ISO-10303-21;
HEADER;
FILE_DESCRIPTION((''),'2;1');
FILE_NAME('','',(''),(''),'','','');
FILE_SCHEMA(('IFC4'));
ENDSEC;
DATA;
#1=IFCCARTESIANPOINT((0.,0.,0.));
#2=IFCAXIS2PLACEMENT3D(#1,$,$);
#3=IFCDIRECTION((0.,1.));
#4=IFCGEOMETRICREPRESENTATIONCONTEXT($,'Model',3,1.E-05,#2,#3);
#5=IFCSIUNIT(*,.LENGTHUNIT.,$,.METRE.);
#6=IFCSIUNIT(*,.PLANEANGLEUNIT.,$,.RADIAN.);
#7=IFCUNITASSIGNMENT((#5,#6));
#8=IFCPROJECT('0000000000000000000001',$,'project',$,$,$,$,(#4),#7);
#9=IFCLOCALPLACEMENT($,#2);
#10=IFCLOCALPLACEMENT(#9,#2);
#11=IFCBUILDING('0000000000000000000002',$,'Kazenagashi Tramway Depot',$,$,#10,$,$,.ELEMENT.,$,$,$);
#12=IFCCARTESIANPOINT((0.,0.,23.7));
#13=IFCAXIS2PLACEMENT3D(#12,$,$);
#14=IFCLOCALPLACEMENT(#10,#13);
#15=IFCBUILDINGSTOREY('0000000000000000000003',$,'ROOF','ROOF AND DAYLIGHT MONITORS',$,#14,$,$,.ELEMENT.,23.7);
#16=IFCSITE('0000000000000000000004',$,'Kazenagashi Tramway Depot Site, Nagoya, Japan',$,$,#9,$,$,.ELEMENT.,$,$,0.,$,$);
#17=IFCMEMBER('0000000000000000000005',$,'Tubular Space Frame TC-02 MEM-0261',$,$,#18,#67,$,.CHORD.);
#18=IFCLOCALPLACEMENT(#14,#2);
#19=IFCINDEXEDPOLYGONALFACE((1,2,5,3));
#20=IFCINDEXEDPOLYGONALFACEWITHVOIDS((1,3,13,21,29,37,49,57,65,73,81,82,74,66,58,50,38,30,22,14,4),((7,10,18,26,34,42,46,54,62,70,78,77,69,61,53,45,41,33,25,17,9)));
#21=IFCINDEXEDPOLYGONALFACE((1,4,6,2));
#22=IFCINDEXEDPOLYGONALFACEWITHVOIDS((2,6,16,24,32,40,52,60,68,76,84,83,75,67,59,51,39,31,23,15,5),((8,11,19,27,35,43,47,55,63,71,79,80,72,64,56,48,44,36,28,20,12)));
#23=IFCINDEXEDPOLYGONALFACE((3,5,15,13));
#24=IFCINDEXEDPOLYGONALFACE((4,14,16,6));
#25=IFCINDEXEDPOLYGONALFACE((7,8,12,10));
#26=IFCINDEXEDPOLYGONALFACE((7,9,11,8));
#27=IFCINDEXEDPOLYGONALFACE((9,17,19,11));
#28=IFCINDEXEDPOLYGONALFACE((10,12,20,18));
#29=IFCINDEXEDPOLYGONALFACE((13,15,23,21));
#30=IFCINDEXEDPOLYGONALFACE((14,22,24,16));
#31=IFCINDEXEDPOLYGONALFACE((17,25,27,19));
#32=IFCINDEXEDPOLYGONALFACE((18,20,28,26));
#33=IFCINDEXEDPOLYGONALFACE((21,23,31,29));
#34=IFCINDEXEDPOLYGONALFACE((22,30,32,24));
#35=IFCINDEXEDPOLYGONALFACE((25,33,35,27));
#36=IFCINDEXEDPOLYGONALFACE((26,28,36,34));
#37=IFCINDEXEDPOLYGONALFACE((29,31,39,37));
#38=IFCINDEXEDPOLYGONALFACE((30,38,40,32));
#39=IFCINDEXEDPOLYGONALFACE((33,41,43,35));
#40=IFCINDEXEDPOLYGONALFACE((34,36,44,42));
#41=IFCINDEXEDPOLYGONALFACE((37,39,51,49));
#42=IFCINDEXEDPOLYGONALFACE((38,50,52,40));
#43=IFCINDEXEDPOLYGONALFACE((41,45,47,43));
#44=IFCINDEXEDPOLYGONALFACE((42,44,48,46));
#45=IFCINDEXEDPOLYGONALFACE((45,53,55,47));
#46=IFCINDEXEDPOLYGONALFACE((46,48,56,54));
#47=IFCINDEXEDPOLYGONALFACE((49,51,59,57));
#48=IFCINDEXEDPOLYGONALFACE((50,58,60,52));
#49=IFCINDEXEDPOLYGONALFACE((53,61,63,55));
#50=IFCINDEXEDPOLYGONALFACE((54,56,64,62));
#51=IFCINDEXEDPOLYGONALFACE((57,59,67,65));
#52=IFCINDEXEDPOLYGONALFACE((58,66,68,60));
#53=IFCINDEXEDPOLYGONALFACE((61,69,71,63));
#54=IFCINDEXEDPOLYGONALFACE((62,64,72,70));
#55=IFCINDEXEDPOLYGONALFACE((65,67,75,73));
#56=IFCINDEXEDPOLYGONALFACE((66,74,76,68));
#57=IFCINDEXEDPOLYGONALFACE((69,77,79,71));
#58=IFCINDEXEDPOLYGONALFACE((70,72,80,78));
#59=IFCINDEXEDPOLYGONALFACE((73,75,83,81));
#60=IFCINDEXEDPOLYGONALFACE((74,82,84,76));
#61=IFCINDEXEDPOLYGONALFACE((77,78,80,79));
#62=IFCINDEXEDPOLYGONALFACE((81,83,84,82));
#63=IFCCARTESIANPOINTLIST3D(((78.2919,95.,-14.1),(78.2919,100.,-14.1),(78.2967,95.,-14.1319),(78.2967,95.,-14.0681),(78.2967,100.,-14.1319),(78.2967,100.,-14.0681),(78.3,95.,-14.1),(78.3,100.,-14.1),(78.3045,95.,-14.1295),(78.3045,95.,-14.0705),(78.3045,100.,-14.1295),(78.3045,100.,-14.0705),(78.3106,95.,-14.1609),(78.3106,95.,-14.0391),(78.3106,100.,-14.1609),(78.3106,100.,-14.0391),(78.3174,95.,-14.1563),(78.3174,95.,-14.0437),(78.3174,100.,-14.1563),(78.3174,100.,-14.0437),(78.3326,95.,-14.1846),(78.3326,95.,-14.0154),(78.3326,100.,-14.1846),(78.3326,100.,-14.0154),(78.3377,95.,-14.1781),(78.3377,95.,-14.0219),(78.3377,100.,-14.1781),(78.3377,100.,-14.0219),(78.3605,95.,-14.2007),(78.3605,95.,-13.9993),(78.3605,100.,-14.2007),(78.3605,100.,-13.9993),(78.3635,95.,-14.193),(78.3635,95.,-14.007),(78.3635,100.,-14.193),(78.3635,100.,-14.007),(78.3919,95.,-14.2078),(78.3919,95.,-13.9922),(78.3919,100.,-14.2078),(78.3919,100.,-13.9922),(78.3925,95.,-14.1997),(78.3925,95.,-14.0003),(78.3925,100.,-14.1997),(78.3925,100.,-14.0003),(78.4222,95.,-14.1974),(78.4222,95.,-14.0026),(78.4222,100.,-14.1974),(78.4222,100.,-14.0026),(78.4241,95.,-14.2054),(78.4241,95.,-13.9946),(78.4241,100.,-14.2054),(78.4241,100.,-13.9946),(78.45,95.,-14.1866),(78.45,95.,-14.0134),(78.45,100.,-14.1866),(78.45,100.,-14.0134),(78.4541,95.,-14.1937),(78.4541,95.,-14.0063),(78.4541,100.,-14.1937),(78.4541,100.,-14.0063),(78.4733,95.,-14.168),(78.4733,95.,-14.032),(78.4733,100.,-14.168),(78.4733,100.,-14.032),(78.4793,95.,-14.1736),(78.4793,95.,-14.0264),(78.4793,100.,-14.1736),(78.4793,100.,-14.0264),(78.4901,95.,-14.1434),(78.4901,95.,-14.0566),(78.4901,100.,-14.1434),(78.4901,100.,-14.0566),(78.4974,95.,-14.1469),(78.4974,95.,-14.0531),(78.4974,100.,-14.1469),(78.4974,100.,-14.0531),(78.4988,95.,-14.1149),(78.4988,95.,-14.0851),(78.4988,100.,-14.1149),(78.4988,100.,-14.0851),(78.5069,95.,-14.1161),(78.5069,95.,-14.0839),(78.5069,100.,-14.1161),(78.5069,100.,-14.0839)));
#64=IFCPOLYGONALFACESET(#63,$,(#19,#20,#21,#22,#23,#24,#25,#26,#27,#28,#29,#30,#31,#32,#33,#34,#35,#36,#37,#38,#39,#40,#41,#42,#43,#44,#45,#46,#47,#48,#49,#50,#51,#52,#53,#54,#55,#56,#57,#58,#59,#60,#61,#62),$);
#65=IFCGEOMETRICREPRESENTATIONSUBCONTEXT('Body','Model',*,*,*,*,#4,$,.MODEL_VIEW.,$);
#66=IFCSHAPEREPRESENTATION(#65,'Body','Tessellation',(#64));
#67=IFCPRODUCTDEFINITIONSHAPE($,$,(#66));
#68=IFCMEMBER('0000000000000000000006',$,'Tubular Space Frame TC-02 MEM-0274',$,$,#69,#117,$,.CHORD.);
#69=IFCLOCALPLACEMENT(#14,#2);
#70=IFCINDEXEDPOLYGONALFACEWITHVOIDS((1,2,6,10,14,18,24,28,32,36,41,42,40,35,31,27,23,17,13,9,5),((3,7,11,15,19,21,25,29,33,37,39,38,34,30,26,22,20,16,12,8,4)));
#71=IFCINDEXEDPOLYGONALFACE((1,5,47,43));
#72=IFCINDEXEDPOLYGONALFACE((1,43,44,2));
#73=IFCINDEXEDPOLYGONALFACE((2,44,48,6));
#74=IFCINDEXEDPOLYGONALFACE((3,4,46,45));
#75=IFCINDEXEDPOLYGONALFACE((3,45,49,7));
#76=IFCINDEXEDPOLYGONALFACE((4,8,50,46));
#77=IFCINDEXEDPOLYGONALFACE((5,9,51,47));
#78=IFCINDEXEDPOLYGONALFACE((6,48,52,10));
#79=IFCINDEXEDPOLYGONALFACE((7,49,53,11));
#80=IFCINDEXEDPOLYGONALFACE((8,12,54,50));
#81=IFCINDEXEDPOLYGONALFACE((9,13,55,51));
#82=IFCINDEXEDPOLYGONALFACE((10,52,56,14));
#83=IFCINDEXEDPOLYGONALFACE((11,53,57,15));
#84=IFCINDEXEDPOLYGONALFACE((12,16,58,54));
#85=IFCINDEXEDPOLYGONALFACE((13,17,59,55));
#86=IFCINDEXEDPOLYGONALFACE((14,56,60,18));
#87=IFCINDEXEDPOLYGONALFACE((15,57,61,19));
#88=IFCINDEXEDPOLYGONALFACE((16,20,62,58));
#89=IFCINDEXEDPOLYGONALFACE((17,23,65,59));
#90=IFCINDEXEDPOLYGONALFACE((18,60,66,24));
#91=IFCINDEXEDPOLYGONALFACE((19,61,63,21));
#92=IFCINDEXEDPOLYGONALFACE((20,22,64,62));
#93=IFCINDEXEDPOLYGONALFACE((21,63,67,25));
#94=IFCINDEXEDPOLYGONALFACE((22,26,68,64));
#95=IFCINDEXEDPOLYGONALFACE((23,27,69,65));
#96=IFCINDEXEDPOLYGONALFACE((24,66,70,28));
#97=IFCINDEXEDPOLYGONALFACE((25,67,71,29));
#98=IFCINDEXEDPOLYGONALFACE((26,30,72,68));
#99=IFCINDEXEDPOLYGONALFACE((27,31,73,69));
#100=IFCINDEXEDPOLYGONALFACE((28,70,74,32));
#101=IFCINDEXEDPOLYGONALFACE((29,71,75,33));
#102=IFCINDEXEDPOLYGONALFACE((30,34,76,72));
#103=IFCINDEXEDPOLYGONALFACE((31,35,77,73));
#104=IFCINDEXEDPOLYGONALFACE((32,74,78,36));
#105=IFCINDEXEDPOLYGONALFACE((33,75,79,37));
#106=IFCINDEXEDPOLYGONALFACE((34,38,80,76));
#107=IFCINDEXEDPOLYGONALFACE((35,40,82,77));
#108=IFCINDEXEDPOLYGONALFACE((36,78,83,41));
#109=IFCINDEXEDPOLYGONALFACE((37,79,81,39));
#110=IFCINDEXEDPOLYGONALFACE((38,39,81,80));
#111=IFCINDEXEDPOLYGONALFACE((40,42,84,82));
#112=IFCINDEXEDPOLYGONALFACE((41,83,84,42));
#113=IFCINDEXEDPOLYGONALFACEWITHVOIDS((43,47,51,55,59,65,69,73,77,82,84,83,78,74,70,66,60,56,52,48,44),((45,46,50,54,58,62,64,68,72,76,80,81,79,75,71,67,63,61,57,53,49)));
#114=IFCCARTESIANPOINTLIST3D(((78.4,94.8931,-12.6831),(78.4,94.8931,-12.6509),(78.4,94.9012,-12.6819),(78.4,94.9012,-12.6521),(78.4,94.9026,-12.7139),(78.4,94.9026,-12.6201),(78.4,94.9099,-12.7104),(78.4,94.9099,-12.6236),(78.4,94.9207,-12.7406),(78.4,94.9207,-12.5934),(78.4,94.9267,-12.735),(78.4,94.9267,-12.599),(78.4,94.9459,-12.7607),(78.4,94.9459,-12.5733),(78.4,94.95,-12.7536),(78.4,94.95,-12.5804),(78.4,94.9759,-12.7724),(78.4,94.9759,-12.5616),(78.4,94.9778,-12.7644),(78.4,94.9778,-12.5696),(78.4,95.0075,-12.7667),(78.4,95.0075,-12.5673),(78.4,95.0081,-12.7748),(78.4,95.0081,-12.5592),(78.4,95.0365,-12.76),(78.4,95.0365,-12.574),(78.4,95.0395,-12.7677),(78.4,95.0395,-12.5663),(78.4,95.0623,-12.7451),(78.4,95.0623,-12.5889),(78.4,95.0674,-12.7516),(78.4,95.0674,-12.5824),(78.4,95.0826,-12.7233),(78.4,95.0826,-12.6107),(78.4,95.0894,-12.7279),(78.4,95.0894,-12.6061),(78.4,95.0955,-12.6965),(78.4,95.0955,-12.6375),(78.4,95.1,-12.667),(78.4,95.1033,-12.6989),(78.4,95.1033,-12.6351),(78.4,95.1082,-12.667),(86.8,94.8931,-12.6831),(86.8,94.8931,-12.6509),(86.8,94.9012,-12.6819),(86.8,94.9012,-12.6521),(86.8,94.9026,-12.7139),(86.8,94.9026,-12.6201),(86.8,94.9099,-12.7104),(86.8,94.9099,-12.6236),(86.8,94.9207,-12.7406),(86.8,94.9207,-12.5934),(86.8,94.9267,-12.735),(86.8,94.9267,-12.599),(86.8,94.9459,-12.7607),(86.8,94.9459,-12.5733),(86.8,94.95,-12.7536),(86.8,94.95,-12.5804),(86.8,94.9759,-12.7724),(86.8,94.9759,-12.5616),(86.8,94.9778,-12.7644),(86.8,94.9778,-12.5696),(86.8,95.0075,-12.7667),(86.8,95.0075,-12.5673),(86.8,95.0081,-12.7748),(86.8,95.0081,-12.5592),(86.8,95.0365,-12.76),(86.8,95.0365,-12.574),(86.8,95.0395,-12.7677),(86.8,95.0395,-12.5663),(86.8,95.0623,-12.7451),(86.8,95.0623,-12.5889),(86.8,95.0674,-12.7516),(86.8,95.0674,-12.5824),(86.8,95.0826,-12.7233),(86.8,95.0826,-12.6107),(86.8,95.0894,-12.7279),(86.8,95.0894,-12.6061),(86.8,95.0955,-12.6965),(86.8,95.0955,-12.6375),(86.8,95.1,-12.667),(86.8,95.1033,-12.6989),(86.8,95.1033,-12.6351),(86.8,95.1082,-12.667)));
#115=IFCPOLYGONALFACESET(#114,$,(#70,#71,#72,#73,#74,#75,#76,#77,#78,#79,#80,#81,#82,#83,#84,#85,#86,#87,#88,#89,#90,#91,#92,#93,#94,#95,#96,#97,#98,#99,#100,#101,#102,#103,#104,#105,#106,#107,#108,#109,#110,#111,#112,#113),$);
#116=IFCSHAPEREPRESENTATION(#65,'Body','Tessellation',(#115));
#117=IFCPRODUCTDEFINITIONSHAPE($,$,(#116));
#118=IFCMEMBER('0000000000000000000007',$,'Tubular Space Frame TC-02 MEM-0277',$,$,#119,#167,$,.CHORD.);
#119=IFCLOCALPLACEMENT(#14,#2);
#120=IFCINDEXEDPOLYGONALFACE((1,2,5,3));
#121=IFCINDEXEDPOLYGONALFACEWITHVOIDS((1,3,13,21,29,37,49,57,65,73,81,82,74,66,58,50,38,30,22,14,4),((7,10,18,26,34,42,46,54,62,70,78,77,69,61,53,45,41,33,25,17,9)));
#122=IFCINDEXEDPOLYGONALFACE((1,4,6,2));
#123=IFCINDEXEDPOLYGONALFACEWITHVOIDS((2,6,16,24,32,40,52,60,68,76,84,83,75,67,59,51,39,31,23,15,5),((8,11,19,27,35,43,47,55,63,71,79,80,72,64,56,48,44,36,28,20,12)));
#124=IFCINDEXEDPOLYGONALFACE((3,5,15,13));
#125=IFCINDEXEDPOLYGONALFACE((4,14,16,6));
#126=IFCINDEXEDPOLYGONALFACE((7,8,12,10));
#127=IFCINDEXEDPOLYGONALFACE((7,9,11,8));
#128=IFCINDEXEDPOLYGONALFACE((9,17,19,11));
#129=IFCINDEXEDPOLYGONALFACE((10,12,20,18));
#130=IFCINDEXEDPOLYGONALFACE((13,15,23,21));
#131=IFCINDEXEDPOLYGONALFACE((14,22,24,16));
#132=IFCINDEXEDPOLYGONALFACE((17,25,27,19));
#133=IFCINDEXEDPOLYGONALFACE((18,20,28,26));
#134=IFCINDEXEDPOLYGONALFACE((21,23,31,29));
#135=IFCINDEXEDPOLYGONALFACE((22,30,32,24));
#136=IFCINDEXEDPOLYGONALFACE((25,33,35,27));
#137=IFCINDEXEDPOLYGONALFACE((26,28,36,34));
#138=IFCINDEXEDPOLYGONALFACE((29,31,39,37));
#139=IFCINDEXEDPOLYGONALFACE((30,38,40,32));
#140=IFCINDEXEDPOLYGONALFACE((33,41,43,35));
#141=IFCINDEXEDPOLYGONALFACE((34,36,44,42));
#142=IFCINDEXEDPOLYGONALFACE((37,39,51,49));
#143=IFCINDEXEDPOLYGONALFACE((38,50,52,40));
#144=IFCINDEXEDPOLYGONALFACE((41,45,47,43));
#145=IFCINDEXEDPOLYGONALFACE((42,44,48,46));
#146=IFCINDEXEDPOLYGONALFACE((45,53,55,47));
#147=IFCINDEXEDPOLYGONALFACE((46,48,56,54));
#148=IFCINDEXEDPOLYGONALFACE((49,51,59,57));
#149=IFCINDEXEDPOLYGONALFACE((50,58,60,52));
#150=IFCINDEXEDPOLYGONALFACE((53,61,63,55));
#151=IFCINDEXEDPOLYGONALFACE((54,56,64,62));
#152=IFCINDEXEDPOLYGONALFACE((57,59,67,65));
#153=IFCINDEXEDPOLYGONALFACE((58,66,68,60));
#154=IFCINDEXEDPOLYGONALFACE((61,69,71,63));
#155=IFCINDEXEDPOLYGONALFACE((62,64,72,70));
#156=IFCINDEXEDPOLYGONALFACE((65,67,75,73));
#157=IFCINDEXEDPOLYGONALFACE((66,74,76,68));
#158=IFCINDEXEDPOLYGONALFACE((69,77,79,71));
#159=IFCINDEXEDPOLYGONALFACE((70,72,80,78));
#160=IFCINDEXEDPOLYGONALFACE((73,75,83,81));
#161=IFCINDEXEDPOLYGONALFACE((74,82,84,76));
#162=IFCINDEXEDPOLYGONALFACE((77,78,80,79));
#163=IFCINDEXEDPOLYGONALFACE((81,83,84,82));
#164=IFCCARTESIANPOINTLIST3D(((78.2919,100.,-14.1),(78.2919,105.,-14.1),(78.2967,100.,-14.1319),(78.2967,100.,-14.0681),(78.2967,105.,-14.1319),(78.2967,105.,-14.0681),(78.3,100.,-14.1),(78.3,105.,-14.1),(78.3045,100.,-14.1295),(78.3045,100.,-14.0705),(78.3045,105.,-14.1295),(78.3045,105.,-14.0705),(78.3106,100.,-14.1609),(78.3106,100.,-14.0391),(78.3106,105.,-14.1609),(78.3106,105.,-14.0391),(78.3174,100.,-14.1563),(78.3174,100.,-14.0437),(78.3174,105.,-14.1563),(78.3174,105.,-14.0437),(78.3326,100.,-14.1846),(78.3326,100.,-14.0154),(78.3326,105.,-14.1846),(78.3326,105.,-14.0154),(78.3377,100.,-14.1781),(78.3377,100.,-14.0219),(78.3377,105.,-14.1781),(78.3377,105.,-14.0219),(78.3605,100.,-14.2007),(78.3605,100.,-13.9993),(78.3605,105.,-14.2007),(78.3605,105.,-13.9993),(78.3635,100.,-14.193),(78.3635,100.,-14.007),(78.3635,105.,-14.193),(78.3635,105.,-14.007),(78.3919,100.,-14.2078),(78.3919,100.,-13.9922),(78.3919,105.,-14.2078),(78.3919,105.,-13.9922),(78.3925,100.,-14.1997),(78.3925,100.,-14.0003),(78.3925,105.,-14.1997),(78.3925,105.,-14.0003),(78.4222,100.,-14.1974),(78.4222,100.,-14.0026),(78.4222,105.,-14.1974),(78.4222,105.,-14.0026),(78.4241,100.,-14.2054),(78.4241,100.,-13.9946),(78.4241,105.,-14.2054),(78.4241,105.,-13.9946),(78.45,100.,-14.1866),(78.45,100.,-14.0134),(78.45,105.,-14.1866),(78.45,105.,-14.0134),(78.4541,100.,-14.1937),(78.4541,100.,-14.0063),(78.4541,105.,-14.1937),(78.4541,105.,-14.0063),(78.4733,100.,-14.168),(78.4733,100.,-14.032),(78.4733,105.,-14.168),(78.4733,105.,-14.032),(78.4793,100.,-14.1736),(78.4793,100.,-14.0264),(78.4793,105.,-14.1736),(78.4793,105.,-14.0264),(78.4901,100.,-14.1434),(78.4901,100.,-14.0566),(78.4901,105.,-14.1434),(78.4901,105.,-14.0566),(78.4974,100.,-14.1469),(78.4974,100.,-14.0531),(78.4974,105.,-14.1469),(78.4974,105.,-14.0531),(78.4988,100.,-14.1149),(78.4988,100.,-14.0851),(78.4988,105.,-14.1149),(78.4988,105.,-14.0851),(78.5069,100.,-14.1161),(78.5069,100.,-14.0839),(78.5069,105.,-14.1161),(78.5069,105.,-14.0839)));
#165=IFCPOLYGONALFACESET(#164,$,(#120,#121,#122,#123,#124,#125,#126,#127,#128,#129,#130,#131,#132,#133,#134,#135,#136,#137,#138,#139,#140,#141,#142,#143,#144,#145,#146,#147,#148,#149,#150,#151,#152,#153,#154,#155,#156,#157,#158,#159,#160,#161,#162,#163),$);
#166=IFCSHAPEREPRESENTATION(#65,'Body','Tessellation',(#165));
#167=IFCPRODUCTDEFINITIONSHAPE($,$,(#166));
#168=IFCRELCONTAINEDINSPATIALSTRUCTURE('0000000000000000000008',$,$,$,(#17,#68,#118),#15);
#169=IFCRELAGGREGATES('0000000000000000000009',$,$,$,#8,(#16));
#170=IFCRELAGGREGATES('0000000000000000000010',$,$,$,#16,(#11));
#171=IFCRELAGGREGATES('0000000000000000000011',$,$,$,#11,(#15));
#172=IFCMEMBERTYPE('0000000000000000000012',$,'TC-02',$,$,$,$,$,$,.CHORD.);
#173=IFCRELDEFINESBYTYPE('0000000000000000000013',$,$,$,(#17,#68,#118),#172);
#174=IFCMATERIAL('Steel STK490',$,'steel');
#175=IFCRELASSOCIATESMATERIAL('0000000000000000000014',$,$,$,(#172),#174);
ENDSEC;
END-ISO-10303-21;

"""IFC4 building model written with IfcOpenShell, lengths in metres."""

from ifc_helpers import new_model, si_unit, direction, frame, origin, origin_2d, place, context, subcontext, project, spatial, hollow_circle, extrude, material, material_profile, profile_set, type_object, element, save


model = new_model("IFC4")

# Units and contexts
model_context = context("Model", 3, precision=1e-05, world=origin(), true_north=direction((0.0, 1.0)))
body_context = subcontext(model_context, "Body", "Model", "MODEL_VIEW")
ifc_project = project(units=[si_unit("LENGTHUNIT", "METRE"), si_unit("PLANEANGLEUNIT", "RADIAN")], contexts=[model_context])

# Site, building, storey
site_placement = place(None, origin())
site = spatial("IfcSite", under=ifc_project, at=site_placement, Name="Kazenagashi Tramway Depot Site, Nagoya, Japan", CompositionType="ELEMENT", RefElevation=0.0)
building_placement = place(site_placement, origin())
building = spatial("IfcBuilding", under=site, at=building_placement, Name="Kazenagashi Tramway Depot", CompositionType="ELEMENT")
storey_placement = place(building_placement, frame((0.0, 0.0, 23.7)))
storey = spatial("IfcBuildingStorey", under=building, at=storey_placement, Name="ROOF", Description="ROOF AND DAYLIGHT MONITORS", CompositionType="ELEMENT", Elevation=23.7)

# Members
ifc_material_1 = material(Name="Steel STK490", Category="steel")
ifc_material_profile_1 = material_profile(ifc_material_1, hollow_circle(Radius=0.1081, WallThickness=0.0082, at=origin_2d()), Name="CHS-216.3x8.2")
ifc_profile_set_1 = profile_set([ifc_material_profile_1], Name="Steel STK490")
member_type_1 = type_object("IfcMemberType", Name="TC-02", PredefinedType="CHORD", material=ifc_profile_set_1)
for number, where, z_axis, x_axis, name in (
    (1, (78.4, 95.0, -14.1), (0.0, 1.0, 0.0), (-1.0, 0.0, 0.0), "Tubular Space Frame TC-02 MEM-0261"),
):
    element("IfcMember", number, at=place(storey_placement, frame(where, z_axis=z_axis, x_axis=x_axis)), inside=storey, type_object=member_type_1, Name=name, PredefinedType="CHORD", context=body_context, shape_type="SweptSolid", body=[
        extrude(hollow_circle(Radius=0.1081, WallThickness=0.0082, at=origin_2d()), origin(), (0.0, 0.0, 1.0), 5.0),
    ])
member_1_placement = place(storey_placement, frame((78.4, 95.0, -12.667), z_axis=(1.0, 0.0, 0.0), x_axis=(0.0, 1.0, 0.0)))
element("IfcMember", 2, at=member_1_placement, inside=storey, type_object=member_type_1, Name="Tubular Space Frame TC-02 MEM-0274", PredefinedType="CHORD", context=body_context, shape_type="SweptSolid", body=[
    extrude(hollow_circle(Radius=0.1081, WallThickness=0.0082, at=origin_2d()), origin(), (0.0, 0.0, 1.0), 8.4),
])
for number, where, z_axis, x_axis, name in (
    (3, (78.4, 100.0, -14.1), (0.0, 1.0, 0.0), (-1.0, 0.0, 0.0), "Tubular Space Frame TC-02 MEM-0277"),
):
    element("IfcMember", number, at=place(storey_placement, frame(where, z_axis=z_axis, x_axis=x_axis)), inside=storey, type_object=member_type_1, Name=name, PredefinedType="CHORD", context=body_context, shape_type="SweptSolid", body=[
        extrude(hollow_circle(Radius=0.1081, WallThickness=0.0082, at=origin_2d()), origin(), (0.0, 0.0, 1.0), 5.0),
    ])

save(model, "model.ifc")
